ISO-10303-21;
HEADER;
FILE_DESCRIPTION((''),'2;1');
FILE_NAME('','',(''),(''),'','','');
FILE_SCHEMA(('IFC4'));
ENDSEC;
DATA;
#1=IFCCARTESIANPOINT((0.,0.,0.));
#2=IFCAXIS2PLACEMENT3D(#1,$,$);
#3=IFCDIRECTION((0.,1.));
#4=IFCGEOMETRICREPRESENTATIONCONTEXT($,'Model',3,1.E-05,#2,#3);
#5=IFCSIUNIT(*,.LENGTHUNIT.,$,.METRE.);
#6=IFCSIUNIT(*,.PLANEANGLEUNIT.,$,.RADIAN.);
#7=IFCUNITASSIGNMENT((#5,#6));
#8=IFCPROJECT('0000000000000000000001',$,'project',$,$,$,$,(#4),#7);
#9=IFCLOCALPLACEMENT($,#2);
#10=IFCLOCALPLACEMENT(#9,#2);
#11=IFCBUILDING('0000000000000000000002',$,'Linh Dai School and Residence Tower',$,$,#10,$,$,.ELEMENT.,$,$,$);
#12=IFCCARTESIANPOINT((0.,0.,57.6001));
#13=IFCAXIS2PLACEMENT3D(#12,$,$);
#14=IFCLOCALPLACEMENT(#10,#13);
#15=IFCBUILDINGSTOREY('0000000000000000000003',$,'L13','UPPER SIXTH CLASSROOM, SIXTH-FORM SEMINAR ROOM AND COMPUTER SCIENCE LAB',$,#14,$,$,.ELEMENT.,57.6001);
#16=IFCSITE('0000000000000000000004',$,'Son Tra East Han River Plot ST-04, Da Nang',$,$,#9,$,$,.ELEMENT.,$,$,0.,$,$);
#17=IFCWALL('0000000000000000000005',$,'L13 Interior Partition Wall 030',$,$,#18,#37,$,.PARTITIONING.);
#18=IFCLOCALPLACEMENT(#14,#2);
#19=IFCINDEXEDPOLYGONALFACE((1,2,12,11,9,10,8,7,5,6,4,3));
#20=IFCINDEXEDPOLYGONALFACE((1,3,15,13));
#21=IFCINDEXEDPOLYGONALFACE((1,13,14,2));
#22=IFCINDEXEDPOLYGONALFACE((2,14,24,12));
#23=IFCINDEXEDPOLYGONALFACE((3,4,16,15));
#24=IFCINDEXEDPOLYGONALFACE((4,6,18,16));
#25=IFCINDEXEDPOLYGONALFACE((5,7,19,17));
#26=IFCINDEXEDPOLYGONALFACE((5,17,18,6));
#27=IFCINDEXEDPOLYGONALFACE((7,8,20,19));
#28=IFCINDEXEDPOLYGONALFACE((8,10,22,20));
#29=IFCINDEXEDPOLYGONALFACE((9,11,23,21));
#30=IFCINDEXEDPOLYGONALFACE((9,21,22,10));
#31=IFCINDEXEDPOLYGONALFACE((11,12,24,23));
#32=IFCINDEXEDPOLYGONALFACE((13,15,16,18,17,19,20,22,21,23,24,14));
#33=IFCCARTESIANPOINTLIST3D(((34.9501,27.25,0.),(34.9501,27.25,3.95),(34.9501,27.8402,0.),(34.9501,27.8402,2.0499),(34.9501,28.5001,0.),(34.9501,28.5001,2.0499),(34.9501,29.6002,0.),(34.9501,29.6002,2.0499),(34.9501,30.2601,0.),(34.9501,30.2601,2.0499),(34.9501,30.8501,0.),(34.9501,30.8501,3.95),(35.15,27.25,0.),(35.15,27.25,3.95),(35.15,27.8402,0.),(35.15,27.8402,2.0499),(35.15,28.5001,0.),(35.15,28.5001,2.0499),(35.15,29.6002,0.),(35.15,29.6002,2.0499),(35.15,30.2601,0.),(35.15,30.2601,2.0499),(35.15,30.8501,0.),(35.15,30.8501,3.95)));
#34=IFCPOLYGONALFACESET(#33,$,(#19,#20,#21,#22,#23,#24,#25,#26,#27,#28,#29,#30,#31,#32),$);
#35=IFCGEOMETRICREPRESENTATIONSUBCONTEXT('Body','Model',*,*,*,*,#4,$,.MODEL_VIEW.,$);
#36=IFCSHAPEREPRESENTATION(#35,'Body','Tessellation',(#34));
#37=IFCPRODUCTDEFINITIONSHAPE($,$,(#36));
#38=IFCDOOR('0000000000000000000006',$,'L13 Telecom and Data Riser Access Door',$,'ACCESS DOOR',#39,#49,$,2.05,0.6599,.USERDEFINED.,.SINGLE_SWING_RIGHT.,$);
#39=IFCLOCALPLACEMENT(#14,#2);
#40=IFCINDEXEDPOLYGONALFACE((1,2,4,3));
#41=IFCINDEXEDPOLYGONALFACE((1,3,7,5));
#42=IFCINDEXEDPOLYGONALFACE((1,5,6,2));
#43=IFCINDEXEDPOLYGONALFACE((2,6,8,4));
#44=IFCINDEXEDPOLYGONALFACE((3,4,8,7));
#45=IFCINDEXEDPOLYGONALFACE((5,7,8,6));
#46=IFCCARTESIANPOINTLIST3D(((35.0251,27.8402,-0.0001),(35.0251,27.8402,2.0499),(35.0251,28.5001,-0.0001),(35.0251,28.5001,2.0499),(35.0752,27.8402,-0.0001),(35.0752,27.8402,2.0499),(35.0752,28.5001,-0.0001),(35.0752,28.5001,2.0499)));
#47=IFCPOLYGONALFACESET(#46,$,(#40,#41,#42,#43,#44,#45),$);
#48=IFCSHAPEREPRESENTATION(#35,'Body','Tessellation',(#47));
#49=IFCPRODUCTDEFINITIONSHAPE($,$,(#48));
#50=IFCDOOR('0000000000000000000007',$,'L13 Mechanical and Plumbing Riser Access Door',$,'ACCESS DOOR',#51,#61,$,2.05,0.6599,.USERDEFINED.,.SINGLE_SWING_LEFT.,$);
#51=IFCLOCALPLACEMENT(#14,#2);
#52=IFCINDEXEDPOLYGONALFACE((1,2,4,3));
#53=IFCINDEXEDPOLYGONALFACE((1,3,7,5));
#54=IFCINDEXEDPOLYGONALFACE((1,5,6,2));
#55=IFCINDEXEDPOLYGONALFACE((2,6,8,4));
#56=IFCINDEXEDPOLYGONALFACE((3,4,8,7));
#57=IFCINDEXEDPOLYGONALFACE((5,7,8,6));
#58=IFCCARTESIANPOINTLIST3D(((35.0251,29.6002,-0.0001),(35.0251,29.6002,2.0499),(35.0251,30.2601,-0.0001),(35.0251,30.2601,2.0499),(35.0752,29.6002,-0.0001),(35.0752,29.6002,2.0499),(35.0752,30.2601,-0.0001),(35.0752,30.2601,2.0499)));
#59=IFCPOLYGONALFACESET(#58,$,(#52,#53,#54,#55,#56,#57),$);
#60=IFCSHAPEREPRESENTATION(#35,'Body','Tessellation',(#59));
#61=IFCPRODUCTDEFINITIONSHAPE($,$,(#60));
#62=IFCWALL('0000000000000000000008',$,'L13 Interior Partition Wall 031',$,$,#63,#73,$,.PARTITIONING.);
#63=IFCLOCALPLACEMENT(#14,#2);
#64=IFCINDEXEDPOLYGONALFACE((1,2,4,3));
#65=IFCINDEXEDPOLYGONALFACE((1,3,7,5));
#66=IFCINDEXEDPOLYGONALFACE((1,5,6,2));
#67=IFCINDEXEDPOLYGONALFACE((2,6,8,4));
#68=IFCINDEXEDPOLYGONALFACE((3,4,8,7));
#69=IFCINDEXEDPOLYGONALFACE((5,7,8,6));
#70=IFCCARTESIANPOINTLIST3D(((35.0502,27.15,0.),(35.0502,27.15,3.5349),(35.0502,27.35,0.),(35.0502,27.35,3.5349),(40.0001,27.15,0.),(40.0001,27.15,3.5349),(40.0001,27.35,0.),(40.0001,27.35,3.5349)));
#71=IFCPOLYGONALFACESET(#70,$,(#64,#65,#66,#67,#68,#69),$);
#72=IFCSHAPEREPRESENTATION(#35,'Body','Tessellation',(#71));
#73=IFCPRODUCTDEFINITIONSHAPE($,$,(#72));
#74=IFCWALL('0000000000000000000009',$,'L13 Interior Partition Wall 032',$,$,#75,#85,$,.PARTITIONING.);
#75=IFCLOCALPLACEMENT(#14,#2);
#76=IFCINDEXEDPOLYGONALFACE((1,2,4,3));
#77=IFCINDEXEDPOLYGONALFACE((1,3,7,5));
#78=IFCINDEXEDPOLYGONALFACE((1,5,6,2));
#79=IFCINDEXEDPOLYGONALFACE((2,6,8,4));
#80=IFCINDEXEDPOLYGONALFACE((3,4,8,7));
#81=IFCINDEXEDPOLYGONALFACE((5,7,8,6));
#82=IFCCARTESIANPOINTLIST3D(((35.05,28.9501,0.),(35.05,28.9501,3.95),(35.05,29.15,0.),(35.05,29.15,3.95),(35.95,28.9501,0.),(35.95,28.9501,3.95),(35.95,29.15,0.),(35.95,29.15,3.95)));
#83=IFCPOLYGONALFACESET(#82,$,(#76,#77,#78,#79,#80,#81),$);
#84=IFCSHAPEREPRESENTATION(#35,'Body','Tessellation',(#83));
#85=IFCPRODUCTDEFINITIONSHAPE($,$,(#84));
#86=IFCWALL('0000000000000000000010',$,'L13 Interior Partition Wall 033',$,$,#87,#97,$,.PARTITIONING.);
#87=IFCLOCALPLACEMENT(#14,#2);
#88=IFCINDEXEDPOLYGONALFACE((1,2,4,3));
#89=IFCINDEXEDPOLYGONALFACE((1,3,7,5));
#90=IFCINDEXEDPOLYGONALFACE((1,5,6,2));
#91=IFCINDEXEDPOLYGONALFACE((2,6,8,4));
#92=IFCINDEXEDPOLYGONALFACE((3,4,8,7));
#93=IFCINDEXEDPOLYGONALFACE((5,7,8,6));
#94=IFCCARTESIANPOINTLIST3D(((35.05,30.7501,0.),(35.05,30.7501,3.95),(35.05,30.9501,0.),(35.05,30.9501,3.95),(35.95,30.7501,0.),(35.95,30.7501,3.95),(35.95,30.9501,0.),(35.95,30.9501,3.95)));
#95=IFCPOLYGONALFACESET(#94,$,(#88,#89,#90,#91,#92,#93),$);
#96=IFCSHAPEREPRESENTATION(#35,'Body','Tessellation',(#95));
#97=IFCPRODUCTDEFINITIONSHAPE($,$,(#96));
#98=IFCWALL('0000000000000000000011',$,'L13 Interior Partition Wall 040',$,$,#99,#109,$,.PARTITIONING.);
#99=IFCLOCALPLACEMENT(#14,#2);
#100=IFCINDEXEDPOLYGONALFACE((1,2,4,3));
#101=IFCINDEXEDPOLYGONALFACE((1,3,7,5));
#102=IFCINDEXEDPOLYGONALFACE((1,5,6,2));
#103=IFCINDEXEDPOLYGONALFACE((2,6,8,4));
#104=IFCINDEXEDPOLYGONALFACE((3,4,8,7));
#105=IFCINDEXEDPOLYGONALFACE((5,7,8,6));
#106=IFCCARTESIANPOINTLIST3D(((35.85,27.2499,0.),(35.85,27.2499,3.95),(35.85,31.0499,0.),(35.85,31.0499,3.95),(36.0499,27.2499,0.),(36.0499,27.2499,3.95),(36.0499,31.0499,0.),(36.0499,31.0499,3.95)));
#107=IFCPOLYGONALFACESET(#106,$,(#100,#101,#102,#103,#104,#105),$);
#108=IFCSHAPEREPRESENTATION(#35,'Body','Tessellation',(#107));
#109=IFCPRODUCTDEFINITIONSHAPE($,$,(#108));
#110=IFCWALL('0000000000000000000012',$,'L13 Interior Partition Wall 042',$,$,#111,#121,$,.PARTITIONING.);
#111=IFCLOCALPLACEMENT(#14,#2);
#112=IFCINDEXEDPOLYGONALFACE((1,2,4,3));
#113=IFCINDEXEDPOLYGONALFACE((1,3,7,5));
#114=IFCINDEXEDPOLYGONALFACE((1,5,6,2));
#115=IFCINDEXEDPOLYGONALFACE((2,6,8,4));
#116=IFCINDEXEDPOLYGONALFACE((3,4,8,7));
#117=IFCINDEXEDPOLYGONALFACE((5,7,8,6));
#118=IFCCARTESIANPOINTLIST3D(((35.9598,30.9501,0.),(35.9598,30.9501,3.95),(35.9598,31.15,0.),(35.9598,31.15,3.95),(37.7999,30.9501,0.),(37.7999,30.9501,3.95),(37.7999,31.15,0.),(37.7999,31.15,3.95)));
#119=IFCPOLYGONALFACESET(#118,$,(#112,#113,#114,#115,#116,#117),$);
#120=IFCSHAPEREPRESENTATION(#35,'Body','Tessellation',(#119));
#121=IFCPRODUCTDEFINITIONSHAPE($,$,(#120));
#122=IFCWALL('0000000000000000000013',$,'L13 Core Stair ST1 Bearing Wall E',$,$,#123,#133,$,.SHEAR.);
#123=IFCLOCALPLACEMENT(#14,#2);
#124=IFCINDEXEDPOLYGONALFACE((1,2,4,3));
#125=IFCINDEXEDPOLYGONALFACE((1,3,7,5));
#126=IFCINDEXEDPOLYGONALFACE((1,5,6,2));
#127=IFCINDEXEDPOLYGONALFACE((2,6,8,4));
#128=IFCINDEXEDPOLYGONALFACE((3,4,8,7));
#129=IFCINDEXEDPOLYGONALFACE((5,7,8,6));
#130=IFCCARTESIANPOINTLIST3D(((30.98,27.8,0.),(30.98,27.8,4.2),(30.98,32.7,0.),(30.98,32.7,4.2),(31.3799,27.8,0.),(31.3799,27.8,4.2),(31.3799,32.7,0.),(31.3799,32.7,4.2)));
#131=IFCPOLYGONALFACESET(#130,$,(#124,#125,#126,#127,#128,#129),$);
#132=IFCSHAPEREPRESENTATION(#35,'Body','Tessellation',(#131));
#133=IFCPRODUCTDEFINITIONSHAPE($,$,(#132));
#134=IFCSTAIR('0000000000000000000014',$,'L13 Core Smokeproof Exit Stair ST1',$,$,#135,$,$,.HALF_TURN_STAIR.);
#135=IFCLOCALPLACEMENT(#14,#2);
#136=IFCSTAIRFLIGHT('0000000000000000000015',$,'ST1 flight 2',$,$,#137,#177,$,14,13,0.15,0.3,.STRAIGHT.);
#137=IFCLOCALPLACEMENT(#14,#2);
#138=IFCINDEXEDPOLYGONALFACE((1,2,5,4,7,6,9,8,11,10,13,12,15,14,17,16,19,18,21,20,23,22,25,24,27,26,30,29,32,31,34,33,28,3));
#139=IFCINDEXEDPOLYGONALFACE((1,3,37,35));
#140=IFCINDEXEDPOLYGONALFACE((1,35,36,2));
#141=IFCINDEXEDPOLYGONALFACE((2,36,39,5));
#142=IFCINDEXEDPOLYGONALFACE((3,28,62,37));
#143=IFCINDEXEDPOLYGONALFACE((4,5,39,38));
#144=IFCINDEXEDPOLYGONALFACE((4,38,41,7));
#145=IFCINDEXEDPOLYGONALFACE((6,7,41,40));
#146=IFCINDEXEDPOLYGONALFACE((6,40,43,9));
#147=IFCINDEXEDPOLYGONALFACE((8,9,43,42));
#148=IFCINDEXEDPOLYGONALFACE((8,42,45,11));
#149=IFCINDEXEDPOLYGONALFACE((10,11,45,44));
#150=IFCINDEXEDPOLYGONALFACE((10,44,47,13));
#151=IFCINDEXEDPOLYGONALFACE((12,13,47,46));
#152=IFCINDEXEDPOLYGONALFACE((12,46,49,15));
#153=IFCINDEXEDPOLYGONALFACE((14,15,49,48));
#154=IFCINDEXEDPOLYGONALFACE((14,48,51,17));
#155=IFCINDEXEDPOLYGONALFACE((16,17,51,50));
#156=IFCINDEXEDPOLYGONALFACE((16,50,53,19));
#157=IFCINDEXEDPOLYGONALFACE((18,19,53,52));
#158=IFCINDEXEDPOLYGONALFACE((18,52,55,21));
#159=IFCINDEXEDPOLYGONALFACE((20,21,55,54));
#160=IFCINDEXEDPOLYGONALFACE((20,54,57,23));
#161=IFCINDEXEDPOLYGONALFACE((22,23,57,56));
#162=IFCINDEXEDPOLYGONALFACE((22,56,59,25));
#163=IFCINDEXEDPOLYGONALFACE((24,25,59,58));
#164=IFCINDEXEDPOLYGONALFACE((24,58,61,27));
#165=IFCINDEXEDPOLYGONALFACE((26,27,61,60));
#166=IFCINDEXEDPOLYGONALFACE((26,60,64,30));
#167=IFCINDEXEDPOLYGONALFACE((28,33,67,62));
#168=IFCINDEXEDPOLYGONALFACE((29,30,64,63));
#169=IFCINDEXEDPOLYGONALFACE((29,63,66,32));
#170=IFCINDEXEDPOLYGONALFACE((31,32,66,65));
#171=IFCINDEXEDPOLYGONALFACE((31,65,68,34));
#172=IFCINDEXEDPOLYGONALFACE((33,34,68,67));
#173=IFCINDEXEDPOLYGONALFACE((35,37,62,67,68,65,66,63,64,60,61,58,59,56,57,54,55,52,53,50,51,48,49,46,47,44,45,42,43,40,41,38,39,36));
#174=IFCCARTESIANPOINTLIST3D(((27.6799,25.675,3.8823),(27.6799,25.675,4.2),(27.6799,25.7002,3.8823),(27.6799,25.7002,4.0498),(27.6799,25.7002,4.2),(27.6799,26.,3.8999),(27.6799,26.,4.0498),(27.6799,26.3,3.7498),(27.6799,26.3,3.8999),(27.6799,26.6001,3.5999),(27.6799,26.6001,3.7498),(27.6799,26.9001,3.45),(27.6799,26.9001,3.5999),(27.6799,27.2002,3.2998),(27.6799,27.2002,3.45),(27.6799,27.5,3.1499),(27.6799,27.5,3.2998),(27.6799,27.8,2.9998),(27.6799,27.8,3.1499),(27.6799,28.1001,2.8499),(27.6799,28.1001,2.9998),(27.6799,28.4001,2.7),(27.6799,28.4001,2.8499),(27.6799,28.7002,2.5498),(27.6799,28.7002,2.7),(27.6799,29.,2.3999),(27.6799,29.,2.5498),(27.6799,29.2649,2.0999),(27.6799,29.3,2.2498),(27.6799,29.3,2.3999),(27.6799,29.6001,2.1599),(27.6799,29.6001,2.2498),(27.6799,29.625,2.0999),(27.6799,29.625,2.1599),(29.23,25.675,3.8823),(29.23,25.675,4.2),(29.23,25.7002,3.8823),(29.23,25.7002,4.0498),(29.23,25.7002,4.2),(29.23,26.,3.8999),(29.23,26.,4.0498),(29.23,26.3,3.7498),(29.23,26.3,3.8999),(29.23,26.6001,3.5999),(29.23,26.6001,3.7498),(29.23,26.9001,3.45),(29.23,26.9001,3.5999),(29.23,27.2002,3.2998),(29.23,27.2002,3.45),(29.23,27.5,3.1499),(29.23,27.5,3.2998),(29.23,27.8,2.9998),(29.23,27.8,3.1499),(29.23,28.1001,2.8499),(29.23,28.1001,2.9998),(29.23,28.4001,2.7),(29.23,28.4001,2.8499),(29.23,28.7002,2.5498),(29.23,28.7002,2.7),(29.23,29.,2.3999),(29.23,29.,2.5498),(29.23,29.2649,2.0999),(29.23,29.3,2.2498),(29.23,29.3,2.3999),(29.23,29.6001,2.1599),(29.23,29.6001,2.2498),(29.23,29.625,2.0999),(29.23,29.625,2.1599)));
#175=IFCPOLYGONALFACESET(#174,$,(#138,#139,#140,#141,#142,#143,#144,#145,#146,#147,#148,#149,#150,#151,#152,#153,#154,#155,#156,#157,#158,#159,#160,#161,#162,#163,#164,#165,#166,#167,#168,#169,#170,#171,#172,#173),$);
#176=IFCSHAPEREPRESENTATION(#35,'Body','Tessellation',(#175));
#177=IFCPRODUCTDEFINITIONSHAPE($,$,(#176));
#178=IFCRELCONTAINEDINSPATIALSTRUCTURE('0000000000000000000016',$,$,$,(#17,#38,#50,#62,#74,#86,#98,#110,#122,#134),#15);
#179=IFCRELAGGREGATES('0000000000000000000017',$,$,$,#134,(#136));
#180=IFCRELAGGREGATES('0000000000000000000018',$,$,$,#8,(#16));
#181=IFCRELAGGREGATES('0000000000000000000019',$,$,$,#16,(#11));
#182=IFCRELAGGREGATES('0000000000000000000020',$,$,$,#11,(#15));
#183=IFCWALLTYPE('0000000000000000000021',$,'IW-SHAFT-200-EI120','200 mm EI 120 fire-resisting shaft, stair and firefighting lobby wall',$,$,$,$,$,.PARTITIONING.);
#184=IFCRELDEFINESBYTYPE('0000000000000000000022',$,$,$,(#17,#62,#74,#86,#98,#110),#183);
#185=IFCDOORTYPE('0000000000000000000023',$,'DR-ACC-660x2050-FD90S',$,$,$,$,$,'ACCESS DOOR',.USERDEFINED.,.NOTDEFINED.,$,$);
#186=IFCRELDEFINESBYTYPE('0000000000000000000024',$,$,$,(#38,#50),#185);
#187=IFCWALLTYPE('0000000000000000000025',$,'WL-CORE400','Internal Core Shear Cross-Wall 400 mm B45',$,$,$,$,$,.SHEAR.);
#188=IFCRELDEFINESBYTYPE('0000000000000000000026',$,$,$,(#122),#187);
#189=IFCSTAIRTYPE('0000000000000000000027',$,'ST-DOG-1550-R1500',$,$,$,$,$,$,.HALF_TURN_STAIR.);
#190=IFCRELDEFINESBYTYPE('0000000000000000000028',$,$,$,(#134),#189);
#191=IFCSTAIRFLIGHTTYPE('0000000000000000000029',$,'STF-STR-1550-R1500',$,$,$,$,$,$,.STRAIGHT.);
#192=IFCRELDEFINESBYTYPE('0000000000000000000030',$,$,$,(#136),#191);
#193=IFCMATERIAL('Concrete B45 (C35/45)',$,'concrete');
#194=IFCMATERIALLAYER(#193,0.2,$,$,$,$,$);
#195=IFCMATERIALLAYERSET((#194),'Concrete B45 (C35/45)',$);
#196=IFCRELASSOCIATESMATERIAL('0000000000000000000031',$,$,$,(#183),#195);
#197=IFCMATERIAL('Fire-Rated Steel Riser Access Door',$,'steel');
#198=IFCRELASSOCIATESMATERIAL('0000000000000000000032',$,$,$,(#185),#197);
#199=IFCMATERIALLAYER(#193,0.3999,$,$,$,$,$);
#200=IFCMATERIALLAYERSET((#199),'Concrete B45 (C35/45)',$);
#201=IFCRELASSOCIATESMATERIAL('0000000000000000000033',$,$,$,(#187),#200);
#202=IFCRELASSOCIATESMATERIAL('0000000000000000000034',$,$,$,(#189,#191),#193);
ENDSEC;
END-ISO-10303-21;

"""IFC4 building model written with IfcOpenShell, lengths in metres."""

from ifc_helpers import new_model, si_unit, direction, frame, frame_2d, origin, origin_2d, place, context, subcontext, project, spatial, polyline, rectangle, outline, extrude, source, transform, mapped, material, layer, layer_set, type_object, element, fill, aggregate, save


model = new_model("IFC4")

# Units and contexts
model_context = context("Model", 3, precision=1e-05, world=origin(), true_north=direction((0.0, 1.0)))
body_context = subcontext(model_context, "Body", "Model", "MODEL_VIEW")
ifc_project = project(units=[si_unit("LENGTHUNIT", "METRE"), si_unit("PLANEANGLEUNIT", "RADIAN")], contexts=[model_context])

# Site, building, storey
site_placement = place(None, origin())
site = spatial("IfcSite", under=ifc_project, at=site_placement, Name="Son Tra East Han River Plot ST-04, Da Nang", CompositionType="ELEMENT", RefElevation=0.0)
building_placement = place(site_placement, origin())
building = spatial("IfcBuilding", under=site, at=building_placement, Name="Linh Dai School and Residence Tower", CompositionType="ELEMENT")
storey_placement = place(building_placement, frame((0.0, 0.0, 57.6001)))
storey = spatial("IfcBuildingStorey", under=building, at=storey_placement, Name="L13", Description="UPPER SIXTH CLASSROOM, SIXTH-FORM SEMINAR ROOM AND COMPUTER SCIENCE LAB", CompositionType="ELEMENT", Elevation=57.6001)

# Shared definitions
ifc_material_1 = material(Name="Concrete B45 (C35/45)", Category="concrete")
ifc_layer_1 = layer(ifc_material_1, 0.2)
ifc_layer_set_1 = layer_set([ifc_layer_1], Name="Concrete B45 (C35/45)")
wall_type_1 = type_object("IfcWallType", Name="IW-SHAFT-200-EI120", Description="200 mm EI 120 fire-resisting shaft, stair and firefighting lobby wall", PredefinedType="PARTITIONING", material=ifc_layer_set_1)

# Wall, openings, doors
wall_1_placement = place(storey_placement, frame((35.05, 27.25, 0.0), z_axis=(0.0, 0.0, 1.0), x_axis=(0.0, 1.0, 0.0)))
wall_1 = element("IfcWall", 1, at=wall_1_placement, inside=storey, type_object=wall_type_1, Name="L13 Interior Partition Wall 030", PredefinedType="PARTITIONING", context=body_context, shape_type="SweptSolid", body=[
    extrude(rectangle(XDim=3.6001, YDim=0.2, at=frame_2d((1.8, 0.0))), origin(), (0.0, 0.0, 1.0), 3.95),
])
opening_1_placement = place(wall_1_placement, frame((0.5901, 0.0, 0.0)))
opening_1 = element("IfcOpeningElement", 2, at=opening_1_placement, cuts=wall_1, PredefinedType="OPENING", context=body_context, shape_type="SweptSolid", body=[
    extrude(rectangle(XDim=0.6599, YDim=2.05, at=origin_2d()), frame((0.3301, 0.1099, 1.0249), z_axis=(0.0, -1.0, 0.0), x_axis=(1.0, 0.0, 0.0)), (0.0, 0.0, 1.0), 0.22),
])
opening_2_placement = place(wall_1_placement, frame((2.3501, 0.0, 0.0)))
opening_2 = element("IfcOpeningElement", 3, at=opening_2_placement, cuts=wall_1, PredefinedType="OPENING", context=body_context, shape_type="SweptSolid", body=[
    extrude(rectangle(XDim=0.6599, YDim=2.05, at=origin_2d()), frame((0.3301, 0.1099, 1.0249), z_axis=(0.0, -1.0, 0.0), x_axis=(1.0, 0.0, 0.0)), (0.0, 0.0, 1.0), 0.22),
])
ifc_material_2 = material(Name="Fire-Rated Steel Riser Access Door", Category="steel")
door_type_1 = type_object("IfcDoorType", Name="DR-ACC-660x2050-FD90S", ElementType="ACCESS DOOR", OperationType="NOTDEFINED", PredefinedType="USERDEFINED", material=ifc_material_2)
shared_shape_1 = source(origin(), body_context, "Body", "SweptSolid", [
    extrude(rectangle(XDim=0.6599, YDim=2.05, at=origin_2d()), frame((0.3301, 0.0249, 1.0249), z_axis=(0.0, -1.0, 0.0), x_axis=(1.0, 0.0, 0.0)), (0.0, 0.0, 1.0), 0.05),
])
door_1_placement = place(opening_1_placement, origin())
door_1 = element("IfcDoor", 4, at=door_1_placement, inside=storey, type_object=door_type_1, Name="L13 Telecom and Data Riser Access Door", ObjectType="ACCESS DOOR", OperationType="SINGLE_SWING_RIGHT", OverallHeight=2.05, OverallWidth=0.6599, PredefinedType="USERDEFINED", context=body_context, shape_type="MappedRepresentation", body=[
    mapped(shared_shape_1, transform((0.0, 0.0, 0.0), x_axis=(1.0, 0.0, 0.0), y_axis=(0.0, 1.0, 0.0), z_axis=(0.0, 0.0, 1.0), scale=1.0)),
])
fill(opening_1, door_1)
door_2_placement = place(opening_2_placement, origin())
door_2 = element("IfcDoor", 5, at=door_2_placement, inside=storey, type_object=door_type_1, Name="L13 Mechanical and Plumbing Riser Access Door", ObjectType="ACCESS DOOR", OperationType="SINGLE_SWING_LEFT", OverallHeight=2.05, OverallWidth=0.6599, PredefinedType="USERDEFINED", context=body_context, shape_type="MappedRepresentation", body=[
    mapped(shared_shape_1, transform((0.0, 0.0, 0.0), x_axis=(1.0, 0.0, 0.0), y_axis=(0.0, 1.0, 0.0), z_axis=(0.0, 0.0, 1.0), scale=1.0)),
])
fill(opening_2, door_2)

# Walls
wall_2_placement = place(storey_placement, frame((35.05, 27.25, 0.0), z_axis=(0.0, 0.0, 1.0), x_axis=(1.0, 0.0, 0.0)))
element("IfcWall", 6, at=wall_2_placement, inside=storey, type_object=wall_type_1, Name="L13 Interior Partition Wall 031", PredefinedType="PARTITIONING", context=body_context, shape_type="SweptSolid", body=[
    extrude(rectangle(XDim=4.95, YDim=0.2, at=frame_2d((2.4751, 0.0))), origin(), (0.0, 0.0, 1.0), 3.5349),
])
for number, where, z_axis, x_axis, name in (
    (7, (35.05, 29.05, 0.0), (0.0, 0.0, 1.0), (1.0, 0.0, 0.0), "L13 Interior Partition Wall 032"),
    (8, (35.05, 30.8501, 0.0), (0.0, 0.0, 1.0), (1.0, 0.0, 0.0), "L13 Interior Partition Wall 033"),
):
    element("IfcWall", number, at=place(storey_placement, frame(where, z_axis=z_axis, x_axis=x_axis)), inside=storey, type_object=wall_type_1, Name=name, PredefinedType="PARTITIONING", context=body_context, shape_type="SweptSolid", body=[
        extrude(rectangle(XDim=0.8999, YDim=0.2, at=frame_2d((0.45, 0.0))), origin(), (0.0, 0.0, 1.0), 3.95),
    ])
wall_3_placement = place(storey_placement, frame((35.95, 27.25, 0.0), z_axis=(0.0, 0.0, 1.0), x_axis=(0.0, 1.0, 0.0)))
element("IfcWall", 9, at=wall_3_placement, inside=storey, type_object=wall_type_1, Name="L13 Interior Partition Wall 040", PredefinedType="PARTITIONING", context=body_context, shape_type="SweptSolid", body=[
    extrude(rectangle(XDim=3.8, YDim=0.2, at=frame_2d((1.8999, 0.0))), origin(), (0.0, 0.0, 1.0), 3.95),
])

# Walls
wall_4_placement = place(storey_placement, frame((35.96, 31.05, 0.0), z_axis=(0.0, 0.0, 1.0), x_axis=(1.0, 0.0, 0.0)))
element("IfcWall", 10, at=wall_4_placement, inside=storey, type_object=wall_type_1, Name="L13 Interior Partition Wall 042", PredefinedType="PARTITIONING", context=body_context, shape_type="SweptSolid", body=[
    extrude(rectangle(XDim=1.8401, YDim=0.2, at=frame_2d((0.9199, 0.0))), origin(), (0.0, 0.0, 1.0), 3.95),
])
ifc_layer_2 = layer(ifc_material_1, 0.3999)
ifc_layer_set_2 = layer_set([ifc_layer_2], Name="Concrete B45 (C35/45)")
wall_type_2 = type_object("IfcWallType", Name="WL-CORE400", Description="Internal Core Shear Cross-Wall 400 mm B45", PredefinedType="SHEAR", material=ifc_layer_set_2)
wall_5_placement = place(storey_placement, frame((31.1799, 27.8, 0.0), z_axis=(0.0, 0.0, 1.0), x_axis=(0.0, 1.0, 0.0)))
element("IfcWall", 11, at=wall_5_placement, inside=storey, type_object=wall_type_2, Name="L13 Core Stair ST1 Bearing Wall E", PredefinedType="SHEAR", context=body_context, shape_type="SweptSolid", body=[
    extrude(rectangle(XDim=4.8999, YDim=0.3999, at=frame_2d((2.45, 0.0))), origin(), (0.0, 0.0, 1.0), 4.2),
])

# Stair, stair flight
stair_type = type_object("IfcStairType", Name="ST-DOG-1550-R1500", PredefinedType="HALF_TURN_STAIR", material=ifc_material_1)
stair_placement = place(storey_placement, origin())
stair = element("IfcStair", 12, at=stair_placement, inside=storey, type_object=stair_type, Name="L13 Core Smokeproof Exit Stair ST1", PredefinedType="HALF_TURN_STAIR")
stair_flight_type = type_object("IfcStairFlightType", Name="STF-STR-1550-R1500", PredefinedType="STRAIGHT", material=ifc_material_1)
shared_shape_2 = source(origin(), body_context, "Body", "SweptSolid", [
    extrude(outline(polyline([(-0.0249, 0.0), (-0.0249, 0.0601), (0.0, 0.0601), (0.0, 0.1499), (0.3, 0.1499), (0.3, 0.3), (0.6001, 0.3), (0.6001, 0.45), (0.8999, 0.45), (0.8999, 0.6001), (1.2, 0.6001), (1.2, 0.75), (1.5, 0.75), (1.5, 0.8999), (1.8, 0.8999), (1.8, 1.05), (2.1001, 1.05), (2.1001, 1.2), (2.3999, 1.2), (2.3999, 1.3501), (2.7, 1.3501), (2.7, 1.5), (3.0, 1.5), (3.0, 1.6499), (3.3, 1.6499), (3.3, 1.8), (3.6001, 1.8), (3.6001, 1.95), (3.8999, 1.95), (3.8999, 2.1001), (3.925, 2.1001), (3.925, 1.7825), (3.8999, 1.7825), (0.3352, 0.0), (-0.0249, 0.0)])), frame((0.0, 0.7749, 0.0), z_axis=(0.0, -1.0, 0.0), x_axis=(1.0, 0.0, 0.0)), (0.0, 0.0, 1.0), 1.55),
])
stair_flight_placement = place(storey_placement, frame((28.4551, 29.6001, 2.0999), z_axis=(0.0, 0.0, 1.0), x_axis=(0.0, -1.0, 0.0)))
stair_flight = element("IfcStairFlight", 13, at=stair_flight_placement, type_object=stair_flight_type, Name="ST1 flight 2", NumberOfRisers=14, NumberOfTreads=13, PredefinedType="STRAIGHT", RiserHeight=0.15, TreadLength=0.3, context=body_context, shape_type="MappedRepresentation", body=[
    mapped(shared_shape_2, transform((0.0, 0.0, 0.0), x_axis=(1.0, 0.0, 0.0), y_axis=(0.0, 1.0, 0.0), z_axis=(0.0, 0.0, 1.0), scale=1.0)),
])
aggregate(stair, [stair_flight])

save(model, "model.ifc")
